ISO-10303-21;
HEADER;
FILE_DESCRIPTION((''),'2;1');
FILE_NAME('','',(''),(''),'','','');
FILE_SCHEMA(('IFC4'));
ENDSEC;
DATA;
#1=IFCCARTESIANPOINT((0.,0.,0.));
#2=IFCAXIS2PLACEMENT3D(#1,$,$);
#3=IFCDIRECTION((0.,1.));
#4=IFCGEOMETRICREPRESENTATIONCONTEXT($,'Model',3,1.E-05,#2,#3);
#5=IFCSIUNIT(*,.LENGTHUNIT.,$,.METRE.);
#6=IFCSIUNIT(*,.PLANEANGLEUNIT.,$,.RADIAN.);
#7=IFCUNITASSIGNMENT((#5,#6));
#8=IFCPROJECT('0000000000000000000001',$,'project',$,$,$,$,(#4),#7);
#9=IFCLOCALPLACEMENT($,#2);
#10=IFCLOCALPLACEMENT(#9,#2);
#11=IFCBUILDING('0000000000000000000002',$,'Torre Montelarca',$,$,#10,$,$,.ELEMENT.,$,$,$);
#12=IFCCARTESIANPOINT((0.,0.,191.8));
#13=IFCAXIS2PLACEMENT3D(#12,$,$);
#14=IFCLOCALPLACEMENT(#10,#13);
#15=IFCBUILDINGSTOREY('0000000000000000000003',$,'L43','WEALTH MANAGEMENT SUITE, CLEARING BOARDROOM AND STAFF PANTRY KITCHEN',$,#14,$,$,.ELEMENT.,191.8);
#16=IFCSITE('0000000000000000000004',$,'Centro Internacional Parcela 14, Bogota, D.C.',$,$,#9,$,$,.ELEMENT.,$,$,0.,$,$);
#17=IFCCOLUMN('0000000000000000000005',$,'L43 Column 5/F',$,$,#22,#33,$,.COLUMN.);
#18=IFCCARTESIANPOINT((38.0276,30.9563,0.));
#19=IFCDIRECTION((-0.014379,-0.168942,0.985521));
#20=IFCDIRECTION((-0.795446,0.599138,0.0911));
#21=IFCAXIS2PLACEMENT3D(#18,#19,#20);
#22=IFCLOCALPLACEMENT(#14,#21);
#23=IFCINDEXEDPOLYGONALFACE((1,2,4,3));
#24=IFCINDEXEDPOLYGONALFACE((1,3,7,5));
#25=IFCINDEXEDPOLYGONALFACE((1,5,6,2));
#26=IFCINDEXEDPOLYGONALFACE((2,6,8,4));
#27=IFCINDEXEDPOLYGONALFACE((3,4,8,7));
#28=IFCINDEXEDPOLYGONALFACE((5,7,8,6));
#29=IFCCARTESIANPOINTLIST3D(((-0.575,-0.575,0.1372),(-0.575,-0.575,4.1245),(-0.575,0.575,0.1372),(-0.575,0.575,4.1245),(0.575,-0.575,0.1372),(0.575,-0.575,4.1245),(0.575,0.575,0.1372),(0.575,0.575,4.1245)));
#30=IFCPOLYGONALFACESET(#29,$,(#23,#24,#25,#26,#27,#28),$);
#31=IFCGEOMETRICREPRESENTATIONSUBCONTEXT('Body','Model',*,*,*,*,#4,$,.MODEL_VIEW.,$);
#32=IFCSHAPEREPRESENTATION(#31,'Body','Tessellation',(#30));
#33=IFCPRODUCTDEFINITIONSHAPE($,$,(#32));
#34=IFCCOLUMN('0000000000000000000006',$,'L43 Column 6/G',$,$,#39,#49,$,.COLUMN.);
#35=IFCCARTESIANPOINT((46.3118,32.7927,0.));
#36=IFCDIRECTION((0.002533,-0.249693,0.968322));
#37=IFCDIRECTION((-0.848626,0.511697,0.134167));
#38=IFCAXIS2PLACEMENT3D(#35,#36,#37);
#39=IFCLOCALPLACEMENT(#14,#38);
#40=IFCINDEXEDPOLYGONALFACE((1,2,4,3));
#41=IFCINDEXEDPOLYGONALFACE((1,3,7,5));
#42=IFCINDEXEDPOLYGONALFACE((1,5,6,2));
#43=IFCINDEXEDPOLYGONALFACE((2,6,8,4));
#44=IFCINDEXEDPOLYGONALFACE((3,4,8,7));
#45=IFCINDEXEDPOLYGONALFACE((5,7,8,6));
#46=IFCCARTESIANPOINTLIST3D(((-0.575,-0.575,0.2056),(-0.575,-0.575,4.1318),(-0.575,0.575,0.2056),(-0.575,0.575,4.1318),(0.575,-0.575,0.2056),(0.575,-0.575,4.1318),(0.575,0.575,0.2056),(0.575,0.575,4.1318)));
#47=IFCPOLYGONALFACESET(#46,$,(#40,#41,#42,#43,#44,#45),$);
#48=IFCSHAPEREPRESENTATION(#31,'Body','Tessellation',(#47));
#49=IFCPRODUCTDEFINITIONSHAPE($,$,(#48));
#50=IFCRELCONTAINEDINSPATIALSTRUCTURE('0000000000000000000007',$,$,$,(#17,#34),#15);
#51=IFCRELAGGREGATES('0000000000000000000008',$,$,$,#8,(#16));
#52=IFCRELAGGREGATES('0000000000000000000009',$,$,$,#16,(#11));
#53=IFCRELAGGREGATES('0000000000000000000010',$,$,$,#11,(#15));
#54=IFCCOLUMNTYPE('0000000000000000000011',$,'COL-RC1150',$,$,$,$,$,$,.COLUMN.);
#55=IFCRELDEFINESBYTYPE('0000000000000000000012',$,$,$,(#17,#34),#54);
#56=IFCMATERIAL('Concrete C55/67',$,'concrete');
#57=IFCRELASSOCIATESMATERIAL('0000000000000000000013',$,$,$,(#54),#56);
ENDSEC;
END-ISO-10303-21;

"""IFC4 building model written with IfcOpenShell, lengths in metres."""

from ifc_helpers import new_model, si_unit, direction, frame, origin, origin_2d, place, context, subcontext, project, spatial, rectangle, extrude, clip, halfspace, material, material_profile, profile_set, type_object, element, save


model = new_model("IFC4")

# Units and contexts
model_context = context("Model", 3, precision=1e-05, world=origin(), true_north=direction((0.0, 1.0)))
body_context = subcontext(model_context, "Body", "Model", "MODEL_VIEW")
ifc_project = project(units=[si_unit("LENGTHUNIT", "METRE"), si_unit("PLANEANGLEUNIT", "RADIAN")], contexts=[model_context])

# Site, building, storey
site_placement = place(None, origin())
site = spatial("IfcSite", under=ifc_project, at=site_placement, Name="Centro Internacional Parcela 14, Bogota, D.C.", CompositionType="ELEMENT", RefElevation=0.0)
building_placement = place(site_placement, origin())
building = spatial("IfcBuilding", under=site, at=building_placement, Name="Torre Montelarca", CompositionType="ELEMENT")
storey_placement = place(building_placement, frame((0.0, 0.0, 191.8)))
storey = spatial("IfcBuildingStorey", under=building, at=storey_placement, Name="L43", Description="WEALTH MANAGEMENT SUITE, CLEARING BOARDROOM AND STAFF PANTRY KITCHEN", CompositionType="ELEMENT", Elevation=191.8)

# Columns
ifc_material_1 = material(Name="Concrete C55/67", Category="concrete")
ifc_material_profile_1 = material_profile(ifc_material_1, rectangle(XDim=1.1499, YDim=1.1499, at=origin_2d()), Name="RC1150X1150", Category="concrete")
ifc_profile_set_1 = profile_set([ifc_material_profile_1], Name="Concrete C55/67")
column_type_1 = type_object("IfcColumnType", Name="COL-RC1150", PredefinedType="COLUMN", material=ifc_profile_set_1)
column_1_placement = place(storey_placement, frame((38.0276, 30.9563, 0.0), z_axis=(-0.014379, -0.168942, 0.985521), x_axis=(-0.795446, 0.599138, 0.0911)))
element("IfcColumn", 1, at=column_1_placement, inside=storey, type_object=column_type_1, Name="L43 Column 5/F", PredefinedType="COLUMN", context=body_context, shape_type="Clipping", body=[
    clip(clip(extrude(rectangle(XDim=1.1499, YDim=1.1499, at=origin_2d()), origin(), (0.0, 0.0, 1.0), 4.2617), halfspace(frame((0.0, 0.0, 0.1372), z_axis=(0.0, 0.0, -1.0), x_axis=(1.0, 0.0, 0.0)), False)), halfspace(frame((0.0, 0.0, 4.1245), z_axis=(0.0, 0.0, 1.0), x_axis=(1.0, 0.0, 0.0)), False)),
])
column_2_placement = place(storey_placement, frame((46.3118, 32.7927, 0.0), z_axis=(0.002533, -0.249693, 0.968322), x_axis=(-0.848626, 0.511697, 0.134167)))
element("IfcColumn", 2, at=column_2_placement, inside=storey, type_object=column_type_1, Name="L43 Column 6/G", PredefinedType="COLUMN", context=body_context, shape_type="Clipping", body=[
    clip(clip(extrude(rectangle(XDim=1.1499, YDim=1.1499, at=origin_2d()), origin(), (0.0, 0.0, 1.0), 4.3374), halfspace(frame((0.0, 0.0, 0.2056), z_axis=(0.0, 0.0, -1.0), x_axis=(1.0, 0.0, 0.0)), False)), halfspace(frame((0.0, 0.0, 4.1318), z_axis=(0.0, 0.0, 1.0), x_axis=(1.0, 0.0, 0.0)), False)),
])

save(model, "model.ifc")
